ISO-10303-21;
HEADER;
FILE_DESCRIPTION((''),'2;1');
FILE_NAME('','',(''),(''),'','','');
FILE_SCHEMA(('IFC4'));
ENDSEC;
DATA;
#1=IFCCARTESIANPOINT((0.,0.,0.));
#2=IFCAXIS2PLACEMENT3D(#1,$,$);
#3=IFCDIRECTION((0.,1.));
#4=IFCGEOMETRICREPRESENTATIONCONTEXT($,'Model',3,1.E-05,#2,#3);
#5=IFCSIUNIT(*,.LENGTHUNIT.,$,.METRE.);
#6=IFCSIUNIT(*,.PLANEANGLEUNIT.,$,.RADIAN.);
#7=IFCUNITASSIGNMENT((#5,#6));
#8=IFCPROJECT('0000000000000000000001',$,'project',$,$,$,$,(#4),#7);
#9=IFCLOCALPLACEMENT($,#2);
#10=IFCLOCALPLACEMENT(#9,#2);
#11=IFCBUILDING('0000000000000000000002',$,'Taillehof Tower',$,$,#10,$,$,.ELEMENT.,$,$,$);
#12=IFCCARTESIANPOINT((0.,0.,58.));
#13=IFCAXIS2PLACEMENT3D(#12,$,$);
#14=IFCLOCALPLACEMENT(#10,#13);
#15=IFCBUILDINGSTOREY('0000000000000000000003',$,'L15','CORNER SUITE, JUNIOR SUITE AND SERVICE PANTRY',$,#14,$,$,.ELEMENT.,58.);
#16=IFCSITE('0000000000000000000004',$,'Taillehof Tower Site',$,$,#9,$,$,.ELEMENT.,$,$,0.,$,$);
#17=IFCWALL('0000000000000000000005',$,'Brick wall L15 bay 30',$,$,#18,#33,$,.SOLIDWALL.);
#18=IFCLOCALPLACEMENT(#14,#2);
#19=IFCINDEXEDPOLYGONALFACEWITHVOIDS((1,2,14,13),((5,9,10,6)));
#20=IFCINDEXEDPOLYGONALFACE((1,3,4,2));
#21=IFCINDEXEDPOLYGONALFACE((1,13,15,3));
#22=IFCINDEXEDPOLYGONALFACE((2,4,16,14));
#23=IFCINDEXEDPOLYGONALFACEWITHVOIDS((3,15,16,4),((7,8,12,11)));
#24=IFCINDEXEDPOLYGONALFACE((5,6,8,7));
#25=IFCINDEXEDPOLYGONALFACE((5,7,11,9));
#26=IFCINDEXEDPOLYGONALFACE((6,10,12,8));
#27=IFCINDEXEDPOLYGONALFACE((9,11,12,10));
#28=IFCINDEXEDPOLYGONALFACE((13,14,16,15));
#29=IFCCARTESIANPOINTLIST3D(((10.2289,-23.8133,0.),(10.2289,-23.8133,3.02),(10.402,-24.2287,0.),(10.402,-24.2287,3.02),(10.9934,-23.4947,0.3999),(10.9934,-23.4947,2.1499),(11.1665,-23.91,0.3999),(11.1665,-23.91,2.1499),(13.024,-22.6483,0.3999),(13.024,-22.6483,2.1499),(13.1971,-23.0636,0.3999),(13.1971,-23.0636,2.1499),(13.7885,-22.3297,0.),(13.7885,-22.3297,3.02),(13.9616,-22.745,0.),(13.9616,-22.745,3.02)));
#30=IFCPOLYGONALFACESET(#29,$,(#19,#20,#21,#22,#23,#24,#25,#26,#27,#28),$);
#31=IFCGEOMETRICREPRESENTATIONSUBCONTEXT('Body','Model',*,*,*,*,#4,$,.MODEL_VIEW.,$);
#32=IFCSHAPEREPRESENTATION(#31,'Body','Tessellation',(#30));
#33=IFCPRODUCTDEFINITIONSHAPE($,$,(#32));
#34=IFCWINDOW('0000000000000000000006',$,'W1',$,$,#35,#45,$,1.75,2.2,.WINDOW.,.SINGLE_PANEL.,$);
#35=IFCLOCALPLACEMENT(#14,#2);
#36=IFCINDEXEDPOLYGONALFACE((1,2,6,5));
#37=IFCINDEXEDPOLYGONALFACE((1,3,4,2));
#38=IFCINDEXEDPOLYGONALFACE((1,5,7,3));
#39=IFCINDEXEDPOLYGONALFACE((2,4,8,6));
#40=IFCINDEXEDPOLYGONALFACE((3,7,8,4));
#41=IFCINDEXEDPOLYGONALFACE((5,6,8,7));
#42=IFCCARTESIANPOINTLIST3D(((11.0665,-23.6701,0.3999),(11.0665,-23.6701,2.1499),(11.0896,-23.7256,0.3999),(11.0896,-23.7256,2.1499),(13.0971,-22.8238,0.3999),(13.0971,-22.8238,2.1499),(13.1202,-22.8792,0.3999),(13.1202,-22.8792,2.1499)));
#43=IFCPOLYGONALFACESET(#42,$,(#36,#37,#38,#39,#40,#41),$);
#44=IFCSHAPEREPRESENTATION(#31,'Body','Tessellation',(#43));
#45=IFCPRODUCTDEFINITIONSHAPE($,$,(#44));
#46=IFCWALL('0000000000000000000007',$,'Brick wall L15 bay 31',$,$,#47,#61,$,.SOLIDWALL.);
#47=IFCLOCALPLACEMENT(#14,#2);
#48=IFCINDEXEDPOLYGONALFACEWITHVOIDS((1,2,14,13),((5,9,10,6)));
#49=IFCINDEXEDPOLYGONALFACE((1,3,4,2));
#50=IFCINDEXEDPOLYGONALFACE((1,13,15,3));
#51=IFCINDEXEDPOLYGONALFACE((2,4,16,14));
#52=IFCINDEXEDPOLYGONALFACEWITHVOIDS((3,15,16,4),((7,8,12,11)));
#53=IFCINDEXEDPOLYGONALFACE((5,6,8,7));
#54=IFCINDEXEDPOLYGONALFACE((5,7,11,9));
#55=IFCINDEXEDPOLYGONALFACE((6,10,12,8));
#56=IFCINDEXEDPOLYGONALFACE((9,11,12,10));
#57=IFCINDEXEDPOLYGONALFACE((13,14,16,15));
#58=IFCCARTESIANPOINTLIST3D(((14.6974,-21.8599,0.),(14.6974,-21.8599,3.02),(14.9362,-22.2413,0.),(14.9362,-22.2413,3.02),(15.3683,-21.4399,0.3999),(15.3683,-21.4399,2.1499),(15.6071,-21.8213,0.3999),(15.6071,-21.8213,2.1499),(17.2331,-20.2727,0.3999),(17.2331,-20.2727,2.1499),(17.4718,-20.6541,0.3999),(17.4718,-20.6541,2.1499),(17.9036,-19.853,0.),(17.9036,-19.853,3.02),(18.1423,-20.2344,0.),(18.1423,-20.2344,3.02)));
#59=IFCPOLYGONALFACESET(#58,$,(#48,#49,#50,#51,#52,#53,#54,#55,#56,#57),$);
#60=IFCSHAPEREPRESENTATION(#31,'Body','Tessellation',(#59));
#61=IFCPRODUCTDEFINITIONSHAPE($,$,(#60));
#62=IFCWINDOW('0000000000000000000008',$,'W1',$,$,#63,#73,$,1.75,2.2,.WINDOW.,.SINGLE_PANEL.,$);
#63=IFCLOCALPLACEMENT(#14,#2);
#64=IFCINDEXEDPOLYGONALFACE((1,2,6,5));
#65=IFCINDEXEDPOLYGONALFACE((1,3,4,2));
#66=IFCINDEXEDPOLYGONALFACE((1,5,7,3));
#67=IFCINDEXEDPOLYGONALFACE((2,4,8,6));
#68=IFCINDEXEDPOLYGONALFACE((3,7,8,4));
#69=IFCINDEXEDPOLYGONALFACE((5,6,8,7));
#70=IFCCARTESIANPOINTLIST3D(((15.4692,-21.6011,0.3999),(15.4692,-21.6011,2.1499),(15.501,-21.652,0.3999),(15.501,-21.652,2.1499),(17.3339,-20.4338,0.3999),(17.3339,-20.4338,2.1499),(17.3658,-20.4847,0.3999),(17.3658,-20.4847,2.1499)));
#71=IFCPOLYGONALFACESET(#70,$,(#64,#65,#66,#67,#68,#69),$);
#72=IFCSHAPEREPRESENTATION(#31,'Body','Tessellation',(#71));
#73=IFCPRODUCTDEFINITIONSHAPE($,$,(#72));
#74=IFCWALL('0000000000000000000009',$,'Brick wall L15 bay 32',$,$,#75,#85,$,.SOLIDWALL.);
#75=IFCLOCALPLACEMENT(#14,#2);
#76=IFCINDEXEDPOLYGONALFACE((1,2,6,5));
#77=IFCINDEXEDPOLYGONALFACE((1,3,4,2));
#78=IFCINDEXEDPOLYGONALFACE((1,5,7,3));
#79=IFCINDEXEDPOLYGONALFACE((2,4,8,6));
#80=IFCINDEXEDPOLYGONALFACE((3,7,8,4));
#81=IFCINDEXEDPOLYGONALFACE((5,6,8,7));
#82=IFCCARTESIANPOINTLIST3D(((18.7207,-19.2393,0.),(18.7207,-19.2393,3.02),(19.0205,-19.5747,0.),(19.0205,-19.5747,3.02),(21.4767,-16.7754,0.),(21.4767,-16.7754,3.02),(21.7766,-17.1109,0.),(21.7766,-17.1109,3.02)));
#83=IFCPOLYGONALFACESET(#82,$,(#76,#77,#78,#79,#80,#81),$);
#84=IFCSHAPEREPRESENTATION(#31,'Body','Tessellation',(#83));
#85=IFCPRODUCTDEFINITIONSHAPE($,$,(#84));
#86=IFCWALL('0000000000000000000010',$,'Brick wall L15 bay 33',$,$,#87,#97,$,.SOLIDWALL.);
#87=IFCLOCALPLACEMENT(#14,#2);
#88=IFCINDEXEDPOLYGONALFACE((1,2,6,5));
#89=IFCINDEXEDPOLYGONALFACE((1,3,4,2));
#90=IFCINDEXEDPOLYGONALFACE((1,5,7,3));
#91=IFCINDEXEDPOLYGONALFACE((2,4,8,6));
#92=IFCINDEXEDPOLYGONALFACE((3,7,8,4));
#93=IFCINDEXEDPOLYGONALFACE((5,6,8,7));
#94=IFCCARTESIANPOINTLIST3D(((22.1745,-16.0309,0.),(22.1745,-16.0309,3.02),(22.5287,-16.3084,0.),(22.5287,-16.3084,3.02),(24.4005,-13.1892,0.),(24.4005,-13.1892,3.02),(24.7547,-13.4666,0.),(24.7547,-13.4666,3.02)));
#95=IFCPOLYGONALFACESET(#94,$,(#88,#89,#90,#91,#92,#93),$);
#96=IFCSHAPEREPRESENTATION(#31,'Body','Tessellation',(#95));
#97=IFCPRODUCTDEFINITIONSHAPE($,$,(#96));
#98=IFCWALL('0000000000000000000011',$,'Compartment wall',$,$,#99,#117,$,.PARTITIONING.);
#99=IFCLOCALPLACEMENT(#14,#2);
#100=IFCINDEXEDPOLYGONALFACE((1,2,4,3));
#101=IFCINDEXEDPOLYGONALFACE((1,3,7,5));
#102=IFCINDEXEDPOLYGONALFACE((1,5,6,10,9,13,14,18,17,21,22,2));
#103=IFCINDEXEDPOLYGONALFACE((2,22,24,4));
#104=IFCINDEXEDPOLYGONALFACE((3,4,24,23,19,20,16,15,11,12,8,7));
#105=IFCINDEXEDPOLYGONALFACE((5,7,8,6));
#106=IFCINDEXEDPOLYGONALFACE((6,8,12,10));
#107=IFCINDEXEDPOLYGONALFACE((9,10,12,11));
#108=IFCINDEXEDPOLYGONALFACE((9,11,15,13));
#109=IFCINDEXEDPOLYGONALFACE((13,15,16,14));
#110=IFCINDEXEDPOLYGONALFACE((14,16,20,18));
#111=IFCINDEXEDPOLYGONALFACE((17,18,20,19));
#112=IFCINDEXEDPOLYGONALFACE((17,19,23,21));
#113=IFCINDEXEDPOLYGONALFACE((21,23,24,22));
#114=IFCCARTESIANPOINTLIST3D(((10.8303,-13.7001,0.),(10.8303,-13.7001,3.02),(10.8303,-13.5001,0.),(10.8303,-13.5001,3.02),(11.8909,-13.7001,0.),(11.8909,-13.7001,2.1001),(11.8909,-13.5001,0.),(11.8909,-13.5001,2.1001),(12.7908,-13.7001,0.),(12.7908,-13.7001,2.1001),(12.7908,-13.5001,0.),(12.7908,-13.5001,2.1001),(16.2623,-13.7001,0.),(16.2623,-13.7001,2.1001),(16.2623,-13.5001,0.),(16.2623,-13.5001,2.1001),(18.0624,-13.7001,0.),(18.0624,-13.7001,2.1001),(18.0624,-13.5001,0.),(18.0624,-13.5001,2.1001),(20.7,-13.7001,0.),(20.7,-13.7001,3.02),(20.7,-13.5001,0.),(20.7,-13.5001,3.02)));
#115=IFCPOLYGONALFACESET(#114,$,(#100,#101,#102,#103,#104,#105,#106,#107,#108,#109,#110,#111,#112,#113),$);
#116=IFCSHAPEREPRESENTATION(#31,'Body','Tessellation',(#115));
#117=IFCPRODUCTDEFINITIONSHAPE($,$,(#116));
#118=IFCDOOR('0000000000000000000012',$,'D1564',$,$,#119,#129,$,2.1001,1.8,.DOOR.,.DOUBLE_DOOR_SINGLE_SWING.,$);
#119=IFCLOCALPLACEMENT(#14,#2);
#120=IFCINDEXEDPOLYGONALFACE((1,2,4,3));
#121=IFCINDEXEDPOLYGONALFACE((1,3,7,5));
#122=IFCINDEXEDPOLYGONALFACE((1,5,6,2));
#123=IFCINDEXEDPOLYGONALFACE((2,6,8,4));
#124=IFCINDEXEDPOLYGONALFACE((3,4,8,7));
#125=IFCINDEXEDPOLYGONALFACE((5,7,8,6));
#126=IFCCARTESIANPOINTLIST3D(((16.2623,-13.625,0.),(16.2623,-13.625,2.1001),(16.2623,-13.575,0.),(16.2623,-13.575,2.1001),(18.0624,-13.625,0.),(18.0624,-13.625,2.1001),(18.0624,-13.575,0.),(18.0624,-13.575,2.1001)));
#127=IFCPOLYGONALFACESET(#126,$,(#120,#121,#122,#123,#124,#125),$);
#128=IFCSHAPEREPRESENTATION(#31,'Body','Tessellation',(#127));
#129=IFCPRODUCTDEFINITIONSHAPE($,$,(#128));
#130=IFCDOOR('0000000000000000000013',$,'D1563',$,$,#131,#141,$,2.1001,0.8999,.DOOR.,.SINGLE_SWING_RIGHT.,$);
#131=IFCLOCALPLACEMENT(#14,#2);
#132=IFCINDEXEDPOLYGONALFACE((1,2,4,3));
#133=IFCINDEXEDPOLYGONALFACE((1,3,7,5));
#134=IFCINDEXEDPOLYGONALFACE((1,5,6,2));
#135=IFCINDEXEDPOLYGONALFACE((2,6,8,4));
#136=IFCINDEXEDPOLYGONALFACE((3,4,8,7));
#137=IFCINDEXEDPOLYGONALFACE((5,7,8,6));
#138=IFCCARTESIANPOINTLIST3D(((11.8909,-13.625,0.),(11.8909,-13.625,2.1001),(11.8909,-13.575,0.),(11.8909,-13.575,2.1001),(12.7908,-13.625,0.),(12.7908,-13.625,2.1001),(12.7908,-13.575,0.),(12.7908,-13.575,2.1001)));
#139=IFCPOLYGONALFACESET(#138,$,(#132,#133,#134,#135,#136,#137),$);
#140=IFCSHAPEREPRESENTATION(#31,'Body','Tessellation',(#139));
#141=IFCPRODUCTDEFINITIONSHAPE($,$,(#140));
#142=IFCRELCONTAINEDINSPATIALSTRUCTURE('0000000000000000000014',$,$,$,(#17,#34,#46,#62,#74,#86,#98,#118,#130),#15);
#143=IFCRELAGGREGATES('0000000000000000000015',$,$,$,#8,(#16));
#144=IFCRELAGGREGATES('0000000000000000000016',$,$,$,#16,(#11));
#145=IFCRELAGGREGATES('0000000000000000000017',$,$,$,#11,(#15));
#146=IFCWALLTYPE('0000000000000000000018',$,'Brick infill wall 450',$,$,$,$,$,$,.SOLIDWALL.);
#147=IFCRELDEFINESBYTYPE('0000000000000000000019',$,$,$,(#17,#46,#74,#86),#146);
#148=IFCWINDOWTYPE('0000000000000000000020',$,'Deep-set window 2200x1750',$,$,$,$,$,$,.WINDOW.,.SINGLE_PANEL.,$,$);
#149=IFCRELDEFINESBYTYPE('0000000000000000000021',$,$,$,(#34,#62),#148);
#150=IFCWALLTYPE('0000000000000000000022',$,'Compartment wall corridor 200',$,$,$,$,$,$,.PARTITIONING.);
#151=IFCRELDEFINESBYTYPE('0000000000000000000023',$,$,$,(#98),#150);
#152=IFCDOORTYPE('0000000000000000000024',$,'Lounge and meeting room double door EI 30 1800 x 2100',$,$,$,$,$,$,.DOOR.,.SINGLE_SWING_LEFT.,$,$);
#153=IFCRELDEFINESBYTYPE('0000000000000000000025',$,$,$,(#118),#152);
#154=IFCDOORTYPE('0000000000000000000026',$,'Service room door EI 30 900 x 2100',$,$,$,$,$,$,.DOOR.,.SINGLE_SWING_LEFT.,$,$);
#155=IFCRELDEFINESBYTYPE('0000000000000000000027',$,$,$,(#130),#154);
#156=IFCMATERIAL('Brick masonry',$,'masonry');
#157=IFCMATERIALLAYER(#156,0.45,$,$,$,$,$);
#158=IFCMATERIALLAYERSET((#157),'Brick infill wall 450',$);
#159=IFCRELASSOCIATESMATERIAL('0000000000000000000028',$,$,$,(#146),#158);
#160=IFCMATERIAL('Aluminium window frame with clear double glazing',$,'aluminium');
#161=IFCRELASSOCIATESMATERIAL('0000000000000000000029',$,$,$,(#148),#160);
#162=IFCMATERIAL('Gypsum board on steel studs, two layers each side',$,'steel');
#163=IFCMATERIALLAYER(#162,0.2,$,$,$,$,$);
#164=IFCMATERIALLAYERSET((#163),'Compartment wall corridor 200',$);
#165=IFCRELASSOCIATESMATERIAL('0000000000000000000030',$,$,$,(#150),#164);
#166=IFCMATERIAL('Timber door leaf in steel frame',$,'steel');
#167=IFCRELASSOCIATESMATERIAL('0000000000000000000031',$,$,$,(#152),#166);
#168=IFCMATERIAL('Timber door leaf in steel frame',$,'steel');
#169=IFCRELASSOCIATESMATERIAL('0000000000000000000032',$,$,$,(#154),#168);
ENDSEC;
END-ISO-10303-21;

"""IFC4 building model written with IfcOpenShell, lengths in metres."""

from ifc_helpers import new_model, si_unit, direction, frame, frame_2d, origin, place, context, subcontext, project, spatial, rectangle, extrude, material, layer, layer_set, type_object, element, fill, save


model = new_model("IFC4")

# Units and contexts
model_context = context("Model", 3, precision=1e-05, world=origin(), true_north=direction((0.0, 1.0)))
body_context = subcontext(model_context, "Body", "Model", "MODEL_VIEW")
ifc_project = project(units=[si_unit("LENGTHUNIT", "METRE"), si_unit("PLANEANGLEUNIT", "RADIAN")], contexts=[model_context])

# Site, building, storey
site_placement = place(None, origin())
site = spatial("IfcSite", under=ifc_project, at=site_placement, Name="Taillehof Tower Site", CompositionType="ELEMENT", RefElevation=0.0)
building_placement = place(site_placement, origin())
building = spatial("IfcBuilding", under=site, at=building_placement, Name="Taillehof Tower", CompositionType="ELEMENT")
storey_placement = place(building_placement, frame((0.0, 0.0, 58.0)))
storey = spatial("IfcBuildingStorey", under=building, at=storey_placement, Name="L15", Description="CORNER SUITE, JUNIOR SUITE AND SERVICE PANTRY", CompositionType="ELEMENT", Elevation=58.0)

# Walls, openings, windows
ifc_material_1 = material(Name="Brick masonry", Category="masonry")
ifc_layer_1 = layer(ifc_material_1, 0.45)
ifc_layer_set_1 = layer_set([ifc_layer_1], Name="Brick infill wall 450")
wall_type_1 = type_object("IfcWallType", Name="Brick infill wall 450", PredefinedType="SOLIDWALL", material=ifc_layer_set_1)
wall_1_placement = place(storey_placement, frame((10.3154, -24.021, 0.0), z_axis=(0.0, 0.0, 1.0), x_axis=(0.923032, 0.384723, 0.0)))
wall_1 = element("IfcWall", 1, at=wall_1_placement, inside=storey, type_object=wall_type_1, Name="Brick wall L15 bay 30", PredefinedType="SOLIDWALL", context=body_context, shape_type="SweptSolid", body=[
    extrude(rectangle(XDim=3.8564, YDim=0.45, at=frame_2d((1.9282, 0.0))), origin(), (0.0, 0.0, 1.0), 3.02),
])
opening_1_placement = place(wall_1_placement, frame((0.8281, 0.0, 0.3999)))
opening_1 = element("IfcOpeningElement", 2, at=opening_1_placement, cuts=wall_1, PredefinedType="OPENING", context=body_context, shape_type="SweptSolid", body=[
    extrude(rectangle(XDim=2.2, YDim=1.75, at=frame_2d((1.1001, 0.875))), frame((0.0, 0.2349, 0.0), z_axis=(0.0, -1.0, 0.0), x_axis=(1.0, 0.0, 0.0)), (0.0, 0.0, 1.0), 0.47),
])
ifc_material_2 = material(Name="Aluminium window frame with clear double glazing", Category="aluminium")
window_type = type_object("IfcWindowType", Name="Deep-set window 2200x1750", PartitioningType="SINGLE_PANEL", PredefinedType="WINDOW", material=ifc_material_2)
window_1_placement = place(opening_1_placement, origin())
window_1 = element("IfcWindow", 3, at=window_1_placement, inside=storey, type_object=window_type, Name="W1", OverallHeight=1.75, OverallWidth=2.2, PartitioningType="SINGLE_PANEL", PredefinedType="WINDOW", context=body_context, shape_type="SweptSolid", body=[
    extrude(rectangle(XDim=2.2, YDim=1.75, at=frame_2d((1.1001, 0.875))), frame((0.0, 0.0349, 0.0), z_axis=(0.0, -1.0, 0.0), x_axis=(1.0, 0.0, 0.0)), (0.0, 0.0, 1.0), 0.0601),
])
fill(opening_1, window_1)
wall_2_placement = place(storey_placement, frame((14.8169, -22.0505, 0.0), z_axis=(0.0, 0.0, 1.0), x_axis=(0.847635, 0.530579, 0.0)))
wall_2 = element("IfcWall", 4, at=wall_2_placement, inside=storey, type_object=wall_type_1, Name="Brick wall L15 bay 31", PredefinedType="SOLIDWALL", context=body_context, shape_type="SweptSolid", body=[
    extrude(rectangle(XDim=3.7825, YDim=0.45, at=frame_2d((1.8911, 0.0))), origin(), (0.0, 0.0, 1.0), 3.02),
])
opening_2_placement = place(wall_2_placement, frame((0.7913, 0.0, 0.3999)))
opening_2 = element("IfcOpeningElement", 5, at=opening_2_placement, cuts=wall_2, PredefinedType="OPENING", context=body_context, shape_type="SweptSolid", body=[
    extrude(rectangle(XDim=2.2, YDim=1.75, at=frame_2d((1.1001, 0.875))), frame((0.0, 0.2349, 0.0), z_axis=(0.0, -1.0, 0.0), x_axis=(1.0, 0.0, 0.0)), (0.0, 0.0, 1.0), 0.47),
])
window_2_placement = place(opening_2_placement, origin())
window_2 = element("IfcWindow", 6, at=window_2_placement, inside=storey, type_object=window_type, Name="W1", OverallHeight=1.75, OverallWidth=2.2, PartitioningType="SINGLE_PANEL", PredefinedType="WINDOW", context=body_context, shape_type="SweptSolid", body=[
    extrude(rectangle(XDim=2.2, YDim=1.75, at=frame_2d((1.1001, 0.875))), frame((0.0, 0.0349, 0.0), z_axis=(0.0, -1.0, 0.0), x_axis=(1.0, 0.0, 0.0)), (0.0, 0.0, 1.0), 0.0601),
])
fill(opening_2, window_2)

# Walls
wall_3_placement = place(storey_placement, frame((18.8706, -19.407, 0.0), z_axis=(0.0, 0.0, 1.0), x_axis=(0.745526, 0.666476, 0.0)))
element("IfcWall", 7, at=wall_3_placement, inside=storey, type_object=wall_type_1, Name="Brick wall L15 bay 32", PredefinedType="SOLIDWALL", context=body_context, shape_type="SweptSolid", body=[
    extrude(rectangle(XDim=3.6968, YDim=0.45, at=frame_2d((1.8484, 0.0))), origin(), (0.0, 0.0, 1.0), 3.02),
])
wall_4_placement = place(storey_placement, frame((22.3516, -16.1697, 0.0), z_axis=(0.0, 0.0, 1.0), x_axis=(0.616662, 0.787228, 0.0)))
element("IfcWall", 8, at=wall_4_placement, inside=storey, type_object=wall_type_1, Name="Brick wall L15 bay 33", PredefinedType="SOLIDWALL", context=body_context, shape_type="SweptSolid", body=[
    extrude(rectangle(XDim=3.6099, YDim=0.45, at=frame_2d((1.8049, 0.0))), origin(), (0.0, 0.0, 1.0), 3.02),
])

# Wall, openings, doors
ifc_material_3 = material(Name="Gypsum board on steel studs, two layers each side", Category="steel")
ifc_layer_2 = layer(ifc_material_3, 0.2)
ifc_layer_set_2 = layer_set([ifc_layer_2], Name="Compartment wall corridor 200")
wall_type_2 = type_object("IfcWallType", Name="Compartment wall corridor 200", PredefinedType="PARTITIONING", material=ifc_layer_set_2)
wall_5_placement = place(storey_placement, frame((20.7, -13.6001, 0.0), z_axis=(0.0, 0.0, 1.0), x_axis=(-1.0, 0.0, 0.0)))
wall_5 = element("IfcWall", 9, at=wall_5_placement, inside=storey, type_object=wall_type_2, Name="Compartment wall", PredefinedType="PARTITIONING", context=body_context, shape_type="SweptSolid", body=[
    extrude(rectangle(XDim=9.8696, YDim=0.2, at=frame_2d((4.9348, 0.0))), origin(), (0.0, 0.0, 1.0), 3.02),
])
opening_3_placement = place(wall_5_placement, frame((7.9092, 0.0, 0.0)))
opening_3 = element("IfcOpeningElement", 10, at=opening_3_placement, cuts=wall_5, PredefinedType="OPENING", context=body_context, shape_type="SweptSolid", body=[
    extrude(rectangle(XDim=0.8999, YDim=2.1001, at=frame_2d((0.45, 1.05))), frame((0.0, 0.1099, 0.0), z_axis=(0.0, -1.0, 0.0), x_axis=(1.0, 0.0, 0.0)), (0.0, 0.0, 1.0), 0.22),
])
opening_4_placement = place(wall_5_placement, frame((2.6377, 0.0, 0.0)))
opening_4 = element("IfcOpeningElement", 11, at=opening_4_placement, cuts=wall_5, PredefinedType="OPENING", context=body_context, shape_type="SweptSolid", body=[
    extrude(rectangle(XDim=1.8, YDim=2.1001, at=frame_2d((0.8999, 1.05))), frame((0.0, 0.1099, 0.0), z_axis=(0.0, -1.0, 0.0), x_axis=(1.0, 0.0, 0.0)), (0.0, 0.0, 1.0), 0.22),
])
ifc_material_4 = material(Name="Timber door leaf in steel frame", Category="steel")
door_type_1 = type_object("IfcDoorType", Name="Lounge and meeting room double door EI 30 1800 x 2100", OperationType="SINGLE_SWING_LEFT", PredefinedType="DOOR", material=ifc_material_4)
door_1_placement = place(opening_4_placement, origin())
door_1 = element("IfcDoor", 12, at=door_1_placement, inside=storey, type_object=door_type_1, Name="D1564", OperationType="DOUBLE_DOOR_SINGLE_SWING", OverallHeight=2.1001, OverallWidth=1.8, PredefinedType="DOOR", context=body_context, shape_type="SweptSolid", body=[
    extrude(rectangle(XDim=1.8, YDim=2.1001, at=frame_2d((0.8999, 1.05))), frame((0.0, 0.0249, 0.0), z_axis=(0.0, -1.0, 0.0), x_axis=(1.0, 0.0, 0.0)), (0.0, 0.0, 1.0), 0.05),
])
fill(opening_4, door_1)
ifc_material_5 = material(Name="Timber door leaf in steel frame", Category="steel")
door_type_2 = type_object("IfcDoorType", Name="Service room door EI 30 900 x 2100", OperationType="SINGLE_SWING_LEFT", PredefinedType="DOOR", material=ifc_material_5)
door_2_placement = place(opening_3_placement, origin())
door_2 = element("IfcDoor", 13, at=door_2_placement, inside=storey, type_object=door_type_2, Name="D1563", OperationType="SINGLE_SWING_RIGHT", OverallHeight=2.1001, OverallWidth=0.8999, PredefinedType="DOOR", context=body_context, shape_type="SweptSolid", body=[
    extrude(rectangle(XDim=0.8999, YDim=2.1001, at=frame_2d((0.45, 1.05))), frame((0.0, 0.0249, 0.0), z_axis=(0.0, -1.0, 0.0), x_axis=(1.0, 0.0, 0.0)), (0.0, 0.0, 1.0), 0.05),
])
fill(opening_3, door_2)

save(model, "model.ifc")
